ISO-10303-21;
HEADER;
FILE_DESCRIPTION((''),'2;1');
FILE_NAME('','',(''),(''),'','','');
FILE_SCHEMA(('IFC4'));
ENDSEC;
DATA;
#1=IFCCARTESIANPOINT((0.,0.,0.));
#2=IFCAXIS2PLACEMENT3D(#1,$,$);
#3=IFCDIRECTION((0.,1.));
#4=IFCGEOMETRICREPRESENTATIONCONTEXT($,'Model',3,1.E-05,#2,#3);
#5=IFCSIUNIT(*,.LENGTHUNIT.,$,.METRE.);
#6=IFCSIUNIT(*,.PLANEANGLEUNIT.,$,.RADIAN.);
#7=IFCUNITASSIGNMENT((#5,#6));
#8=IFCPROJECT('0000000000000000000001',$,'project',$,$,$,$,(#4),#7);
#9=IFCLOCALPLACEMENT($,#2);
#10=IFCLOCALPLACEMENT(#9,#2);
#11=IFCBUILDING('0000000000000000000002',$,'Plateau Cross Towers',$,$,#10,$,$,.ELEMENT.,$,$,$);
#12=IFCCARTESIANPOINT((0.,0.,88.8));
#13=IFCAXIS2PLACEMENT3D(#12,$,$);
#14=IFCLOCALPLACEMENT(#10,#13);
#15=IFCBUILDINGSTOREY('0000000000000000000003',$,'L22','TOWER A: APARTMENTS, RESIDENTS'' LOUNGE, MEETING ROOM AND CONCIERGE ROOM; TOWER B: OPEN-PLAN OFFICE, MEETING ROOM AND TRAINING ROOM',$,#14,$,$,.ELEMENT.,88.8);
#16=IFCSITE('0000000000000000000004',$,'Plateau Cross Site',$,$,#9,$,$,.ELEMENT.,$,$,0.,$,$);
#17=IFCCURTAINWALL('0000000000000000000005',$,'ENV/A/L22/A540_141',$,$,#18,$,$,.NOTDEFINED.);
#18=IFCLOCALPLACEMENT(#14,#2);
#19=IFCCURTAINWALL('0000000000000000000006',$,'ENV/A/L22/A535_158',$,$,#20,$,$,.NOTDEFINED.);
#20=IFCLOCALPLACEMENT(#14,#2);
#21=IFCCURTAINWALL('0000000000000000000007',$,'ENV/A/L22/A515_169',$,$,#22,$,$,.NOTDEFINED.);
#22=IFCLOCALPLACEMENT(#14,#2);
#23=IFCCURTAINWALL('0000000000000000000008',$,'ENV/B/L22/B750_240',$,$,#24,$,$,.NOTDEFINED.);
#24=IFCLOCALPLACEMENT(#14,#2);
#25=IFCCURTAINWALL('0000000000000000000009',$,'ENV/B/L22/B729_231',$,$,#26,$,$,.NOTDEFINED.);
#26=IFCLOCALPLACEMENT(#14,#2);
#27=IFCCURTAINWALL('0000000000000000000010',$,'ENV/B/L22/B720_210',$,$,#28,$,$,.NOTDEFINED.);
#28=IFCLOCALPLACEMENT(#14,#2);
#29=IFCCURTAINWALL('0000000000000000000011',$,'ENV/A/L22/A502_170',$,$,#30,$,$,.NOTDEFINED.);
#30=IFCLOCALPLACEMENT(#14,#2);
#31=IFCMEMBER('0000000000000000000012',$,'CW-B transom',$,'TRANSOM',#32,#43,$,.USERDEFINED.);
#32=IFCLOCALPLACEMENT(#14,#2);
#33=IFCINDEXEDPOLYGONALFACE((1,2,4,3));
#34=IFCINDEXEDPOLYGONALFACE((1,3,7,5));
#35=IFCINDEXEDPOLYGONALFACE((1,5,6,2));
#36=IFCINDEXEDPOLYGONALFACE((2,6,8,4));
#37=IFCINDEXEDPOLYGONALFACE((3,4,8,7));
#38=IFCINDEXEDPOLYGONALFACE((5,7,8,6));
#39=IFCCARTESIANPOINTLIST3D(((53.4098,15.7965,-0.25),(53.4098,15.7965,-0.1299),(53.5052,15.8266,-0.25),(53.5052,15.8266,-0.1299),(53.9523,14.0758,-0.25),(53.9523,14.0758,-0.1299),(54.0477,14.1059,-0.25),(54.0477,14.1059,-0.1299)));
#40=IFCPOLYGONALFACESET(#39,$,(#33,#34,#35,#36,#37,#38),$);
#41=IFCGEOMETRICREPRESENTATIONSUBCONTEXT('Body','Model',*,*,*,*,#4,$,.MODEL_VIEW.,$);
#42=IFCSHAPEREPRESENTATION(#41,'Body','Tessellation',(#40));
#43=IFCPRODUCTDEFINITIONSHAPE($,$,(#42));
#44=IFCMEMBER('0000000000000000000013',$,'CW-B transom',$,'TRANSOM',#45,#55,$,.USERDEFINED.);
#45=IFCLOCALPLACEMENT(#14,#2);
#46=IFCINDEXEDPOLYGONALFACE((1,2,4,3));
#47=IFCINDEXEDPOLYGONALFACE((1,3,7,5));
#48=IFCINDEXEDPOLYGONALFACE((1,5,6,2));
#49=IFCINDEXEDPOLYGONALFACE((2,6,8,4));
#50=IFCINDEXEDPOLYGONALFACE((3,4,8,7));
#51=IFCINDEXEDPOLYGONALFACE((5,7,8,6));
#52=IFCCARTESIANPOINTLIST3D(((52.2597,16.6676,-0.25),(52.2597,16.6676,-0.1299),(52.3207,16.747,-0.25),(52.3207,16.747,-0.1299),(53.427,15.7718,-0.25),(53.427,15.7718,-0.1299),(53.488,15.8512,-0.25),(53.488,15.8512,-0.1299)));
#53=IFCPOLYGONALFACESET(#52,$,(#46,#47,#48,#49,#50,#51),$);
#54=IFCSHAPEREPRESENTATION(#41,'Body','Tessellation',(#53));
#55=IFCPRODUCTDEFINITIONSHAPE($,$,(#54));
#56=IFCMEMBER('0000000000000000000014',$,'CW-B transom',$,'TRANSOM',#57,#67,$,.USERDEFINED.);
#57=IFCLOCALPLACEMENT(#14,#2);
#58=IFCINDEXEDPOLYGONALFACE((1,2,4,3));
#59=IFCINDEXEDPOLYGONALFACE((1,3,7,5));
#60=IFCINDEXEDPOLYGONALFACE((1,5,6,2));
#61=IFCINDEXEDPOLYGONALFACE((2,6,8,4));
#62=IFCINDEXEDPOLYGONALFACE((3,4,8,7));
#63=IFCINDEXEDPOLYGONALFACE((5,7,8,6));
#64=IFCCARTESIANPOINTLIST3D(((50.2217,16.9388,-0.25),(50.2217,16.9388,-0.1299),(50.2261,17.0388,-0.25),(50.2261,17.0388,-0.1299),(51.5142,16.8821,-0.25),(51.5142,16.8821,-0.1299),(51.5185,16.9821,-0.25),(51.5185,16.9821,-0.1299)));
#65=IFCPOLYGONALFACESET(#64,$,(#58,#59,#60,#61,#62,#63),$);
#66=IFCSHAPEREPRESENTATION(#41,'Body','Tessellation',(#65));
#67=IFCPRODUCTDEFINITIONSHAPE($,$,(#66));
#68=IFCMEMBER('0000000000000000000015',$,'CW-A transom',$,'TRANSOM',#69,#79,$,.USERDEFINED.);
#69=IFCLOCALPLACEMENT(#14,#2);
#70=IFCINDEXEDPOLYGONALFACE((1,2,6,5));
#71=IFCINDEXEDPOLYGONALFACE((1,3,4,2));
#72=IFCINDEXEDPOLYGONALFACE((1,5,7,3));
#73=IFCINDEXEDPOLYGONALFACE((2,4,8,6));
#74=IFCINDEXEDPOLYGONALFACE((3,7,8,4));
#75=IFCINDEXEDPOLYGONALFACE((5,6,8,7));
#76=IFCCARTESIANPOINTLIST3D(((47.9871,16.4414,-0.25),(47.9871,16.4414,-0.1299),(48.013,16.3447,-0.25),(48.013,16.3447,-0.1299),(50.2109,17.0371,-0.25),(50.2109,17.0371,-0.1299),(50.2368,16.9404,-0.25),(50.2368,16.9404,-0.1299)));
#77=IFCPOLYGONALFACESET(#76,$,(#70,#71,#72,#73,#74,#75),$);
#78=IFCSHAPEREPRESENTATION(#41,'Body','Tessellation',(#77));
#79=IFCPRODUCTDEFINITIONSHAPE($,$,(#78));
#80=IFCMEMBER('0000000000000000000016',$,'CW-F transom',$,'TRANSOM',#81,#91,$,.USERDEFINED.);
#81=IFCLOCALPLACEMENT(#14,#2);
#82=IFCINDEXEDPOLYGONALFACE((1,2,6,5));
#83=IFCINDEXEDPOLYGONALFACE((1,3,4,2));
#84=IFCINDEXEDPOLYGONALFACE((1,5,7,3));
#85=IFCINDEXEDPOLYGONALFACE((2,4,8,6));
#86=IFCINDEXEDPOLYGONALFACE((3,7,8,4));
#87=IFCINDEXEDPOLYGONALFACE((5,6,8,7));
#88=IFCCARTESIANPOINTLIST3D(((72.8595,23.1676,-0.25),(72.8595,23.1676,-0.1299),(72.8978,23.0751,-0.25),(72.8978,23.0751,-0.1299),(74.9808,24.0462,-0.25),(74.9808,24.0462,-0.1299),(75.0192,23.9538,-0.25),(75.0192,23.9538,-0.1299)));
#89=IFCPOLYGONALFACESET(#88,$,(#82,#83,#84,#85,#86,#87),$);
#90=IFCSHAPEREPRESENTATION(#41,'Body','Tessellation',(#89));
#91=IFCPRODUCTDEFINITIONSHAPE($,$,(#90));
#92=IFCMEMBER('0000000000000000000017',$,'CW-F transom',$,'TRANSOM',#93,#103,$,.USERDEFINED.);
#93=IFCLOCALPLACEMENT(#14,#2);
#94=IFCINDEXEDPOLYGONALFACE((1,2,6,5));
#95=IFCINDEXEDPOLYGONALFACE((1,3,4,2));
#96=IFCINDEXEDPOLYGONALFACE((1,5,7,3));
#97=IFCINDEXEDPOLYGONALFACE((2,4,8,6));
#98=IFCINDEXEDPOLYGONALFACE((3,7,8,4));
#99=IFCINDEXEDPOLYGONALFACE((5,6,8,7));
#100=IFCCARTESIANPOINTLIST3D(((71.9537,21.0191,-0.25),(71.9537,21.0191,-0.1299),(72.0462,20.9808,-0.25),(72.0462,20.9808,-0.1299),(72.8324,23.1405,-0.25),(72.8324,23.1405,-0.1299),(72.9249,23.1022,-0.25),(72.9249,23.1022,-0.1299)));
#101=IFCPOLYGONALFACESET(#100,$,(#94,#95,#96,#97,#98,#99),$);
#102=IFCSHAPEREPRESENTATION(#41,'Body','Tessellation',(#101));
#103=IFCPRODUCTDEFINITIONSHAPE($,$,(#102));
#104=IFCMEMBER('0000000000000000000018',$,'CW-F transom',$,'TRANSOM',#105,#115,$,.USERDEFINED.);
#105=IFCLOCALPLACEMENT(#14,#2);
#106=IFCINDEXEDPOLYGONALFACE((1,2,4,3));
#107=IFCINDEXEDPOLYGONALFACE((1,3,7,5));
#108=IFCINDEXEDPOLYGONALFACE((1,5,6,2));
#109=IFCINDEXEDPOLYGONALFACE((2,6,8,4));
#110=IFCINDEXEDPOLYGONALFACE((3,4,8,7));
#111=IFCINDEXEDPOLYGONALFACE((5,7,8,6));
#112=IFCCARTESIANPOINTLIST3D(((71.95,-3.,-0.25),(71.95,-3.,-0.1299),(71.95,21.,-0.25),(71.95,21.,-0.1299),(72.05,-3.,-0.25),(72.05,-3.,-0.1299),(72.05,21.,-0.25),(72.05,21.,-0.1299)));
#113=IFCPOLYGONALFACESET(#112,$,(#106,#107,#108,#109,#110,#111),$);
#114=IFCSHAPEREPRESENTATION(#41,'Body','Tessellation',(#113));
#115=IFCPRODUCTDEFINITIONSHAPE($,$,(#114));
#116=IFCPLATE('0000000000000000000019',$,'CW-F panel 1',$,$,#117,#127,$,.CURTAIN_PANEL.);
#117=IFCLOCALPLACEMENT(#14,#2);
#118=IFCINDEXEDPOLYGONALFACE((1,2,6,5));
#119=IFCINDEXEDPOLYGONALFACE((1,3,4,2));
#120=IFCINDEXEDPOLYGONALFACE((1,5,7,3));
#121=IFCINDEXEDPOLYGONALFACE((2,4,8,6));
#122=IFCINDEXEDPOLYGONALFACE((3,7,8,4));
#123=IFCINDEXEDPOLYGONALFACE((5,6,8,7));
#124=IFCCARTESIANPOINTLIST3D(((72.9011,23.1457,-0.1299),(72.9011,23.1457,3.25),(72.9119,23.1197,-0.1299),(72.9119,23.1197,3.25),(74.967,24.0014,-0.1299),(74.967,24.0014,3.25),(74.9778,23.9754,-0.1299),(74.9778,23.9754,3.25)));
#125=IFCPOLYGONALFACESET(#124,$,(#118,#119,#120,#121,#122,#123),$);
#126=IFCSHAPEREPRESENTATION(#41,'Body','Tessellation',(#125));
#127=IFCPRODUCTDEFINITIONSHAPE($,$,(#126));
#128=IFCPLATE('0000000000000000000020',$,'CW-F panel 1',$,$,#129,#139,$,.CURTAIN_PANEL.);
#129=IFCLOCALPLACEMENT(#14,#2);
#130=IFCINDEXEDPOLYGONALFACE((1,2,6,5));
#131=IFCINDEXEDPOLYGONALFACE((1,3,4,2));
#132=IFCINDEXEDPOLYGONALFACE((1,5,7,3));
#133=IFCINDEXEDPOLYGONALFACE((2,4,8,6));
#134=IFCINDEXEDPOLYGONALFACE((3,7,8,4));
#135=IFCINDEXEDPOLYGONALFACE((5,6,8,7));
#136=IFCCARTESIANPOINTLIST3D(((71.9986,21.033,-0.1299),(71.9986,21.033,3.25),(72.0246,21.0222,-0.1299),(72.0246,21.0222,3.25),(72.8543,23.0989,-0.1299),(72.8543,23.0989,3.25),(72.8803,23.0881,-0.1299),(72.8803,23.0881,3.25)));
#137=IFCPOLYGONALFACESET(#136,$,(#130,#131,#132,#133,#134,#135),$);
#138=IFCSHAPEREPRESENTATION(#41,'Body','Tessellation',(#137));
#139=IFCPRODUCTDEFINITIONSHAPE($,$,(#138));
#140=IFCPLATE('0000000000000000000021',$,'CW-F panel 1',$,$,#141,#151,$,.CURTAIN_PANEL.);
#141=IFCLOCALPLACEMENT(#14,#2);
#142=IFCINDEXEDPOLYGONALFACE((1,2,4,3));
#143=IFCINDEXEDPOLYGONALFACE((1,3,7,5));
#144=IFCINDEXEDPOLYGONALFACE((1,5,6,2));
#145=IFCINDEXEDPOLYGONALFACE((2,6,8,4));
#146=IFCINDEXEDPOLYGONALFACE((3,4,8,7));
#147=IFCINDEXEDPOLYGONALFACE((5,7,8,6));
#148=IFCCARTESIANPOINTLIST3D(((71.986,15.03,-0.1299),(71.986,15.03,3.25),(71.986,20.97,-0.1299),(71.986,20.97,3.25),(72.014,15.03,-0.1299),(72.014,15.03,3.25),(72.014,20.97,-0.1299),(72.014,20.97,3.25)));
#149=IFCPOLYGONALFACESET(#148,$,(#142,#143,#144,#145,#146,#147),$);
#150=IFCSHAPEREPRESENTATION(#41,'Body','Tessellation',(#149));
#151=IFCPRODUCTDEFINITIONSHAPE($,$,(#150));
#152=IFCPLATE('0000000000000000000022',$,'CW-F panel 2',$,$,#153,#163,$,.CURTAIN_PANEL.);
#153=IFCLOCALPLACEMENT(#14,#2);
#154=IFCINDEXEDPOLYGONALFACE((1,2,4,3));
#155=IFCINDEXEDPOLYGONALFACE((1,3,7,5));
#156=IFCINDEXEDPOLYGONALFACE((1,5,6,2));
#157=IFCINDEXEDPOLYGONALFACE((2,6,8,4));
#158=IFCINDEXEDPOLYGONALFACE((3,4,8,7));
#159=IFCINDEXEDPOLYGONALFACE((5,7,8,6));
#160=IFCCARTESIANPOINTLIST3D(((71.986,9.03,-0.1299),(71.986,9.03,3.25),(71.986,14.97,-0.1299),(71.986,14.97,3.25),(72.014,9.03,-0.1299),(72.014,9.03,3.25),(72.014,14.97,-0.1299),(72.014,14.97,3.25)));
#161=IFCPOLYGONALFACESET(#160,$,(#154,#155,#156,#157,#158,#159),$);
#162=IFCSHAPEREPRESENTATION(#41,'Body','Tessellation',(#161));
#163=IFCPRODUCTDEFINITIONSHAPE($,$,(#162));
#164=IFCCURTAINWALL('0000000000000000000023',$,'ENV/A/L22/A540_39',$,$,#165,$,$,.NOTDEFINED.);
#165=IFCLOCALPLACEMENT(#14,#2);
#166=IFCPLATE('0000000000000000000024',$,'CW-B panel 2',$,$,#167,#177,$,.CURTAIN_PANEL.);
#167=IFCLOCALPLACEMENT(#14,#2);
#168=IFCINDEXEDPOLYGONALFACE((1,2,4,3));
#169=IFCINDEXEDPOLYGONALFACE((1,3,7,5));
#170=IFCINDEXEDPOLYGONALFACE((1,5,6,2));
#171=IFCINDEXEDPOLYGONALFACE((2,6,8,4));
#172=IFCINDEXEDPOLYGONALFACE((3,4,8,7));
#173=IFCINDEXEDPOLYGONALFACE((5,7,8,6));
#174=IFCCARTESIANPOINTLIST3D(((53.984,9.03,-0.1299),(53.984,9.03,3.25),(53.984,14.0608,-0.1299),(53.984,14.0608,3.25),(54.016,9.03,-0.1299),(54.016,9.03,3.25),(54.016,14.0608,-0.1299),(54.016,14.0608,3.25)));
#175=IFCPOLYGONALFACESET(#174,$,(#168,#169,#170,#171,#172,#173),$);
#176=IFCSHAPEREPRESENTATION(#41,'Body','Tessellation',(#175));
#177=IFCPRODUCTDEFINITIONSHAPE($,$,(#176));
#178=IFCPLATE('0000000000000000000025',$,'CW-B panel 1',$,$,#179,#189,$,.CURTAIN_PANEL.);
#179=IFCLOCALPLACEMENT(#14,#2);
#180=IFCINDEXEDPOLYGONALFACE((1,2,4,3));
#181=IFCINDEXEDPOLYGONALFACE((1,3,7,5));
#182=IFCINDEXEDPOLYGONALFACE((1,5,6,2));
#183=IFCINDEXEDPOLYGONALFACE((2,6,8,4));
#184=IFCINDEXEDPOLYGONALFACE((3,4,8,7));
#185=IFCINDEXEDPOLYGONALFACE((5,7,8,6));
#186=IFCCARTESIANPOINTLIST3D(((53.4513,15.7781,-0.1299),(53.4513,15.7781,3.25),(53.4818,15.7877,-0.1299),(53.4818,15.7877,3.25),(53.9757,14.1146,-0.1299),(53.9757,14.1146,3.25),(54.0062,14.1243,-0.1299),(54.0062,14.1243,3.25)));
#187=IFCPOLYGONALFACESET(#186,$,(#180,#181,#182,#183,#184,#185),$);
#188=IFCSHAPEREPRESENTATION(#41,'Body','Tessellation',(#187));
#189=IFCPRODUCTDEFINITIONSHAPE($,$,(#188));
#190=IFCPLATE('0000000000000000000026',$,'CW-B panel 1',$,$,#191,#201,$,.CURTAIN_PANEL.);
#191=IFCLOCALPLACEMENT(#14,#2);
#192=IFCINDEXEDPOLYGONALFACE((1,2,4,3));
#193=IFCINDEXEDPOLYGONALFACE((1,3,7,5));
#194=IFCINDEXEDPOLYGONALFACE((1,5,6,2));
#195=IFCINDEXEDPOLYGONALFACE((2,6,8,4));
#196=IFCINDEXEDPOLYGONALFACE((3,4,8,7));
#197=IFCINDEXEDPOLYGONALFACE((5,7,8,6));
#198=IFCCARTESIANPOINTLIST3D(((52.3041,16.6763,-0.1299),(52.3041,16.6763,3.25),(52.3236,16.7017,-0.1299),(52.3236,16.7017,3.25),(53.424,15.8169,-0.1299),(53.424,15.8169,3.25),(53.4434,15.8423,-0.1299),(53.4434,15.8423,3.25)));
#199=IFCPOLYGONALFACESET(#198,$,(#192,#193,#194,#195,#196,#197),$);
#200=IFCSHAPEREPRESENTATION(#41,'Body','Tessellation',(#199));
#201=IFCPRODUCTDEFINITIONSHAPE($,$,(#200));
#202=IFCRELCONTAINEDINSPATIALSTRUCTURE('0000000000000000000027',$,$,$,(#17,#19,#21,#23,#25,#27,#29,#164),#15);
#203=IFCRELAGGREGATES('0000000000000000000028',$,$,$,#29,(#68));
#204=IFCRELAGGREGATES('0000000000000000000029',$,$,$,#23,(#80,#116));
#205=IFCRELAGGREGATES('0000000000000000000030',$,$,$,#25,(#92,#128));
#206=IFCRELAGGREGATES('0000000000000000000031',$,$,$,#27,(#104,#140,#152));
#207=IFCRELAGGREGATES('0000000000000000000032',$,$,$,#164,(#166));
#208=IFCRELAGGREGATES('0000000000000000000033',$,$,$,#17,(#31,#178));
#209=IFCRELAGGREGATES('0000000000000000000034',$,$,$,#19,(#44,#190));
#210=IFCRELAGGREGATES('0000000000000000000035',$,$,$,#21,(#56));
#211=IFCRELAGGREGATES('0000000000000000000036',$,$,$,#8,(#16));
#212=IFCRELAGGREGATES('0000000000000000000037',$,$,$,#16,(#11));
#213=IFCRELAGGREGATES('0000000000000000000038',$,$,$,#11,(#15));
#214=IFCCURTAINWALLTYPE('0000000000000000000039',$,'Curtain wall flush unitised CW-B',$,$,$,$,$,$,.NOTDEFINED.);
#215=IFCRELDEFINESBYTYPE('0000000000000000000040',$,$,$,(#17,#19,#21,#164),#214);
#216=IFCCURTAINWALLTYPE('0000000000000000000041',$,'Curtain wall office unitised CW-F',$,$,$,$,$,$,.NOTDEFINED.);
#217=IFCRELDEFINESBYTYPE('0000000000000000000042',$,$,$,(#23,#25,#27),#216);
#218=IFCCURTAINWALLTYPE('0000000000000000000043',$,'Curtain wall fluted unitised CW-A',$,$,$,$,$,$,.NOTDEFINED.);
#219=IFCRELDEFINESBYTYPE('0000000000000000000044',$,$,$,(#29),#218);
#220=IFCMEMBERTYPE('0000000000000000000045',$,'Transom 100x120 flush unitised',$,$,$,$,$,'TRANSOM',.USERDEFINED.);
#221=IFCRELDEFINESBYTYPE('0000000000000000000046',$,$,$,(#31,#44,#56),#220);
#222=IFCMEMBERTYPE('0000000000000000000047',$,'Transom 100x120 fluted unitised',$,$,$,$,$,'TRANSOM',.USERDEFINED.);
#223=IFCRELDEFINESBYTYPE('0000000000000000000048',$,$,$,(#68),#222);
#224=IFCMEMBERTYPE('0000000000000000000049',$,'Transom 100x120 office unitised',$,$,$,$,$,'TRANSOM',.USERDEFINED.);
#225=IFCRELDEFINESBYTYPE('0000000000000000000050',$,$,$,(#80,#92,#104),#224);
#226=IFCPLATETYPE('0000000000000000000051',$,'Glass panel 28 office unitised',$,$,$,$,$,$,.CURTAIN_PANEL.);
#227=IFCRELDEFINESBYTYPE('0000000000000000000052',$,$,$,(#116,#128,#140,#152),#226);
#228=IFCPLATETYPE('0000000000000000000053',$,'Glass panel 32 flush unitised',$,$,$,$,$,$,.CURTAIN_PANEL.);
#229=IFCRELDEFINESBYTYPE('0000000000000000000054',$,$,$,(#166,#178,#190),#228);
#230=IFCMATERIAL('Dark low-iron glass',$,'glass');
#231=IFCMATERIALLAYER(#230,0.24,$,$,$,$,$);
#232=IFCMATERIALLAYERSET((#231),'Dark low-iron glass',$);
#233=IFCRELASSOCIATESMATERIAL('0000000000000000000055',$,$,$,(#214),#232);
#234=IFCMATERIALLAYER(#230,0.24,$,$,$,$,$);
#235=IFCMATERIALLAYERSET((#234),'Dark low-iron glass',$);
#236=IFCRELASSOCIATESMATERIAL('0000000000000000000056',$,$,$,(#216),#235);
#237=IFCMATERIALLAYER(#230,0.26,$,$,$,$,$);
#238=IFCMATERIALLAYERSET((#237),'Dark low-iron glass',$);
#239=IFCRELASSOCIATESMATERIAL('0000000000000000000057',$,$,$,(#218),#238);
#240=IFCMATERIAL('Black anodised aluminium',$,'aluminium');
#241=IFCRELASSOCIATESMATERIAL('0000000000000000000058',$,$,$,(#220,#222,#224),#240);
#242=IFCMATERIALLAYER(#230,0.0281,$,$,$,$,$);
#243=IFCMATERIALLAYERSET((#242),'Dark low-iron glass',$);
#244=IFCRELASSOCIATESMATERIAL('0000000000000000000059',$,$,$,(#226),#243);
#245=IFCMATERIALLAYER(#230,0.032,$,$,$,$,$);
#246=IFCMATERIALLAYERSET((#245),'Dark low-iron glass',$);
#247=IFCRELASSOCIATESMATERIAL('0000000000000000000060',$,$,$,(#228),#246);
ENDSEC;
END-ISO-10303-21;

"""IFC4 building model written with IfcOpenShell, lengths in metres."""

from ifc_helpers import new_model, si_unit, direction, frame, origin, origin_2d, place, context, subcontext, project, spatial, rectangle, extrude, material, layer, layer_set, material_profile, profile_set, type_object, element, aggregate, save


model = new_model("IFC4")

# Units and contexts
model_context = context("Model", 3, precision=1e-05, world=origin(), true_north=direction((0.0, 1.0)))
body_context = subcontext(model_context, "Body", "Model", "MODEL_VIEW")
ifc_project = project(units=[si_unit("LENGTHUNIT", "METRE"), si_unit("PLANEANGLEUNIT", "RADIAN")], contexts=[model_context])

# Site, building, storey
site_placement = place(None, origin())
site = spatial("IfcSite", under=ifc_project, at=site_placement, Name="Plateau Cross Site", CompositionType="ELEMENT", RefElevation=0.0)
building_placement = place(site_placement, origin())
building = spatial("IfcBuilding", under=site, at=building_placement, Name="Plateau Cross Towers", CompositionType="ELEMENT")
storey_placement = place(building_placement, frame((0.0, 0.0, 88.8)))
storey = spatial("IfcBuildingStorey", under=building, at=storey_placement, Name="L22", Description="TOWER A: APARTMENTS, RESIDENTS' LOUNGE, MEETING ROOM AND CONCIERGE ROOM; TOWER B: OPEN-PLAN OFFICE, MEETING ROOM AND TRAINING ROOM", CompositionType="ELEMENT", Elevation=88.8)

# Curtain wall
ifc_material_1 = material(Name="Dark low-iron glass", Category="glass")
ifc_layer_1 = layer(ifc_material_1, 0.24)
ifc_layer_set_1 = layer_set([ifc_layer_1], Name="Dark low-iron glass")
curtain_wall_type_1 = type_object("IfcCurtainWallType", Name="Curtain wall flush unitised CW-B", PredefinedType="NOTDEFINED", material=ifc_layer_set_1)
curtain_wall_1_placement = place(storey_placement, origin())
curtain_wall_1 = element("IfcCurtainWall", 1, at=curtain_wall_1_placement, inside=storey, type_object=curtain_wall_type_1, Name="ENV/A/L22/A540_141", PredefinedType="NOTDEFINED")
ifc_material_2 = material(Name="Black anodised aluminium", Category="aluminium")

# Curtain wall
curtain_wall_2_placement = place(storey_placement, origin())
curtain_wall_2 = element("IfcCurtainWall", 2, at=curtain_wall_2_placement, inside=storey, type_object=curtain_wall_type_1, Name="ENV/A/L22/A535_158", PredefinedType="NOTDEFINED")

# Curtain walls
curtain_wall_3_placement = place(storey_placement, origin())
curtain_wall_3 = element("IfcCurtainWall", 3, at=curtain_wall_3_placement, inside=storey, type_object=curtain_wall_type_1, Name="ENV/A/L22/A515_169", PredefinedType="NOTDEFINED")
ifc_layer_2 = layer(ifc_material_1, 0.24)
ifc_layer_set_2 = layer_set([ifc_layer_2], Name="Dark low-iron glass")
curtain_wall_type_2 = type_object("IfcCurtainWallType", Name="Curtain wall office unitised CW-F", PredefinedType="NOTDEFINED", material=ifc_layer_set_2)
curtain_wall_4_placement = place(storey_placement, origin())
curtain_wall_4 = element("IfcCurtainWall", 4, at=curtain_wall_4_placement, inside=storey, type_object=curtain_wall_type_2, Name="ENV/B/L22/B750_240", PredefinedType="NOTDEFINED")
curtain_wall_5_placement = place(storey_placement, origin())
curtain_wall_5 = element("IfcCurtainWall", 5, at=curtain_wall_5_placement, inside=storey, type_object=curtain_wall_type_2, Name="ENV/B/L22/B729_231", PredefinedType="NOTDEFINED")

# Curtain wall
curtain_wall_6_placement = place(storey_placement, origin())
curtain_wall_6 = element("IfcCurtainWall", 6, at=curtain_wall_6_placement, inside=storey, type_object=curtain_wall_type_2, Name="ENV/B/L22/B720_210", PredefinedType="NOTDEFINED")

# Curtain wall
ifc_layer_3 = layer(ifc_material_1, 0.26)
ifc_layer_set_3 = layer_set([ifc_layer_3], Name="Dark low-iron glass")
curtain_wall_type_3 = type_object("IfcCurtainWallType", Name="Curtain wall fluted unitised CW-A", PredefinedType="NOTDEFINED", material=ifc_layer_set_3)
curtain_wall_7_placement = place(storey_placement, origin())
curtain_wall_7 = element("IfcCurtainWall", 7, at=curtain_wall_7_placement, inside=storey, type_object=curtain_wall_type_3, Name="ENV/A/L22/A502_170", PredefinedType="NOTDEFINED")

# Members
ifc_material_profile_1 = material_profile(ifc_material_2, rectangle(XDim=0.1001, YDim=0.1201, at=origin_2d()), Name="TRANSOM 100x120")
ifc_profile_set_1 = profile_set([ifc_material_profile_1], Name="Black anodised aluminium")
member_type_1 = type_object("IfcMemberType", Name="Transom 100x120 flush unitised", ElementType="TRANSOM", PredefinedType="USERDEFINED", material=ifc_profile_set_1)
member_1_placement = place(storey_placement, frame((54.0, 14.0908, -0.1899), z_axis=(-0.300678, 0.953726, 0.0), x_axis=(-0.953726, -0.300678, 0.0)))
member_1 = element("IfcMember", 8, at=member_1_placement, type_object=member_type_1, Name="CW-B transom", ObjectType="TRANSOM", PredefinedType="USERDEFINED", context=body_context, shape_type="SweptSolid", body=[
    extrude(rectangle(XDim=0.1001, YDim=0.1201, at=origin_2d()), origin(), (0.0, 0.0, 1.0), 1.8042),
])
member_2_placement = place(storey_placement, frame((53.4575, 15.8115, -0.1899), z_axis=(-0.793321, 0.608804, 0.0), x_axis=(-0.608804, -0.793321, 0.0)))
member_2 = element("IfcMember", 9, at=member_2_placement, type_object=member_type_1, Name="CW-B transom", ObjectType="TRANSOM", PredefinedType="USERDEFINED", context=body_context, shape_type="SweptSolid", body=[
    extrude(rectangle(XDim=0.1001, YDim=0.1201, at=origin_2d()), origin(), (0.0, 0.0, 1.0), 1.4714),
])
member_3_placement = place(storey_placement, frame((51.5164, 16.9321, -0.1899), z_axis=(-0.999041, 0.043781, 0.0), x_axis=(-0.043781, -0.999041, 0.0)))
member_3 = element("IfcMember", 10, at=member_3_placement, type_object=member_type_1, Name="CW-B transom", ObjectType="TRANSOM", PredefinedType="USERDEFINED", context=body_context, shape_type="SweptSolid", body=[
    extrude(rectangle(XDim=0.1001, YDim=0.1201, at=origin_2d()), origin(), (0.0, 0.0, 1.0), 1.2937),
])
ifc_material_profile_2 = material_profile(ifc_material_2, rectangle(XDim=0.1001, YDim=0.1201, at=origin_2d()), Name="TRANSOM 100x120")
ifc_profile_set_2 = profile_set([ifc_material_profile_2], Name="Black anodised aluminium")
member_type_2 = type_object("IfcMemberType", Name="Transom 100x120 fluted unitised", ElementType="TRANSOM", PredefinedType="USERDEFINED", material=ifc_profile_set_2)
member_4_placement = place(storey_placement, frame((50.2239, 16.9888, -0.1899), z_axis=(-0.965946, -0.258745, 0.0), x_axis=(0.258745, -0.965946, 0.0)))
member_4 = element("IfcMember", 11, at=member_4_placement, type_object=member_type_2, Name="CW-A transom", ObjectType="TRANSOM", PredefinedType="USERDEFINED", context=body_context, shape_type="SweptSolid", body=[
    extrude(rectangle(XDim=0.1001, YDim=0.1201, at=origin_2d()), origin(), (0.0, 0.0, 1.0), 2.3022),
])
aggregate(curtain_wall_7, [member_4])
ifc_material_profile_3 = material_profile(ifc_material_2, rectangle(XDim=0.1001, YDim=0.1201, at=origin_2d()), Name="TRANSOM 100x120")
ifc_profile_set_3 = profile_set([ifc_material_profile_3], Name="Black anodised aluminium")
member_type_3 = type_object("IfcMemberType", Name="Transom 100x120 office unitised", ElementType="TRANSOM", PredefinedType="USERDEFINED", material=ifc_profile_set_3)
member_5_placement = place(storey_placement, frame((75.0, 24.0, -0.1899), z_axis=(-0.923883, -0.382674, 0.0), x_axis=(0.382674, -0.923883, 0.0)))
member_5 = element("IfcMember", 12, at=member_5_placement, type_object=member_type_3, Name="CW-F transom", ObjectType="TRANSOM", PredefinedType="USERDEFINED", context=body_context, shape_type="SweptSolid", body=[
    extrude(rectangle(XDim=0.1001, YDim=0.1201, at=origin_2d()), origin(), (0.0, 0.0, 1.0), 2.2961),
])
member_6_placement = place(storey_placement, frame((72.8787, 23.1213, -0.1899), z_axis=(-0.382674, -0.923883, 0.0), x_axis=(0.923883, -0.382674, 0.0)))
member_6 = element("IfcMember", 13, at=member_6_placement, type_object=member_type_3, Name="CW-F transom", ObjectType="TRANSOM", PredefinedType="USERDEFINED", context=body_context, shape_type="SweptSolid", body=[
    extrude(rectangle(XDim=0.1001, YDim=0.1201, at=origin_2d()), origin(), (0.0, 0.0, 1.0), 2.2961),
])
member_7_placement = place(storey_placement, frame((72.0, 21.0, -0.1899), z_axis=(0.0, -1.0, 0.0), x_axis=(1.0, 0.0, 0.0)))
member_7 = element("IfcMember", 14, at=member_7_placement, type_object=member_type_3, Name="CW-F transom", ObjectType="TRANSOM", PredefinedType="USERDEFINED", context=body_context, shape_type="SweptSolid", body=[
    extrude(rectangle(XDim=0.1001, YDim=0.1201, at=origin_2d()), origin(), (0.0, 0.0, 1.0), 24.0),
])

# Plates
ifc_layer_4 = layer(ifc_material_1, 0.0281)
ifc_layer_set_4 = layer_set([ifc_layer_4], Name="Dark low-iron glass")
plate_type_1 = type_object("IfcPlateType", Name="Glass panel 28 office unitised", PredefinedType="CURTAIN_PANEL", material=ifc_layer_set_4)
plate_1_placement = place(storey_placement, frame((73.9395, 23.5605, -0.1299), z_axis=(0.0, 0.0, 1.0), x_axis=(-0.923879, -0.382684, 0.0)))
plate_1 = element("IfcPlate", 15, at=plate_1_placement, type_object=plate_type_1, Name="CW-F panel 1", PredefinedType="CURTAIN_PANEL", context=body_context, shape_type="SweptSolid", body=[
    extrude(rectangle(XDim=2.2361, YDim=0.0281, at=origin_2d()), origin(), (0.0, 0.0, 1.0), 3.3799),
])
aggregate(curtain_wall_4, [member_5, plate_1])
plate_2_placement = place(storey_placement, frame((72.4395, 22.0605, -0.1299), z_axis=(0.0, 0.0, 1.0), x_axis=(-0.382684, -0.923879, 0.0)))
plate_2 = element("IfcPlate", 16, at=plate_2_placement, type_object=plate_type_1, Name="CW-F panel 1", PredefinedType="CURTAIN_PANEL", context=body_context, shape_type="SweptSolid", body=[
    extrude(rectangle(XDim=2.2361, YDim=0.0281, at=origin_2d()), origin(), (0.0, 0.0, 1.0), 3.3799),
])
aggregate(curtain_wall_5, [member_6, plate_2])
plate_3_placement = place(storey_placement, frame((72.0, 18.0, -0.1299), z_axis=(0.0, 0.0, 1.0), x_axis=(0.0, -1.0, 0.0)))
plate_3 = element("IfcPlate", 17, at=plate_3_placement, type_object=plate_type_1, Name="CW-F panel 1", PredefinedType="CURTAIN_PANEL", context=body_context, shape_type="SweptSolid", body=[
    extrude(rectangle(XDim=5.9399, YDim=0.0281, at=origin_2d()), origin(), (0.0, 0.0, 1.0), 3.3799),
])
plate_4_placement = place(storey_placement, frame((72.0, 12.0, -0.1299), z_axis=(0.0, 0.0, 1.0), x_axis=(0.0, -1.0, 0.0)))
plate_4 = element("IfcPlate", 18, at=plate_4_placement, type_object=plate_type_1, Name="CW-F panel 2", PredefinedType="CURTAIN_PANEL", context=body_context, shape_type="SweptSolid", body=[
    extrude(rectangle(XDim=5.9399, YDim=0.0281, at=origin_2d()), origin(), (0.0, 0.0, 1.0), 3.3799),
])
aggregate(curtain_wall_6, [member_7, plate_3, plate_4])

# Curtain wall, plate
curtain_wall_8_placement = place(storey_placement, origin())
curtain_wall_8 = element("IfcCurtainWall", 19, at=curtain_wall_8_placement, inside=storey, type_object=curtain_wall_type_1, Name="ENV/A/L22/A540_39", PredefinedType="NOTDEFINED")
ifc_layer_5 = layer(ifc_material_1, 0.032)
ifc_layer_set_5 = layer_set([ifc_layer_5], Name="Dark low-iron glass")
plate_type_2 = type_object("IfcPlateType", Name="Glass panel 32 flush unitised", PredefinedType="CURTAIN_PANEL", material=ifc_layer_set_5)
plate_5_placement = place(storey_placement, frame((54.0, 11.5454, -0.1299), z_axis=(0.0, 0.0, 1.0), x_axis=(0.0, 1.0, 0.0)))
plate_5 = element("IfcPlate", 20, at=plate_5_placement, type_object=plate_type_2, Name="CW-B panel 2", PredefinedType="CURTAIN_PANEL", context=body_context, shape_type="SweptSolid", body=[
    extrude(rectangle(XDim=5.0308, YDim=0.032, at=origin_2d()), origin(), (0.0, 0.0, 1.0), 3.3799),
])
aggregate(curtain_wall_8, [plate_5])

# Plates
plate_6_placement = place(storey_placement, frame((53.7288, 14.9512, -0.1299), z_axis=(0.0, 0.0, 1.0), x_axis=(-0.300686, 0.953723, 0.0)))
plate_6 = element("IfcPlate", 21, at=plate_6_placement, type_object=plate_type_2, Name="CW-B panel 1", PredefinedType="CURTAIN_PANEL", context=body_context, shape_type="SweptSolid", body=[
    extrude(rectangle(XDim=1.7441, YDim=0.032, at=origin_2d()), origin(), (0.0, 0.0, 1.0), 3.3799),
])
aggregate(curtain_wall_1, [member_1, plate_6])
plate_7_placement = place(storey_placement, frame((52.8738, 16.2593, -0.1299), z_axis=(0.0, 0.0, 1.0), x_axis=(-0.793316, 0.608811, 0.0)))
plate_7 = element("IfcPlate", 22, at=plate_7_placement, type_object=plate_type_2, Name="CW-B panel 1", PredefinedType="CURTAIN_PANEL", context=body_context, shape_type="SweptSolid", body=[
    extrude(rectangle(XDim=1.4116, YDim=0.032, at=origin_2d()), origin(), (0.0, 0.0, 1.0), 3.3799),
])
aggregate(curtain_wall_2, [member_2, plate_7])
aggregate(curtain_wall_3, [member_3])

save(model, "model.ifc")
